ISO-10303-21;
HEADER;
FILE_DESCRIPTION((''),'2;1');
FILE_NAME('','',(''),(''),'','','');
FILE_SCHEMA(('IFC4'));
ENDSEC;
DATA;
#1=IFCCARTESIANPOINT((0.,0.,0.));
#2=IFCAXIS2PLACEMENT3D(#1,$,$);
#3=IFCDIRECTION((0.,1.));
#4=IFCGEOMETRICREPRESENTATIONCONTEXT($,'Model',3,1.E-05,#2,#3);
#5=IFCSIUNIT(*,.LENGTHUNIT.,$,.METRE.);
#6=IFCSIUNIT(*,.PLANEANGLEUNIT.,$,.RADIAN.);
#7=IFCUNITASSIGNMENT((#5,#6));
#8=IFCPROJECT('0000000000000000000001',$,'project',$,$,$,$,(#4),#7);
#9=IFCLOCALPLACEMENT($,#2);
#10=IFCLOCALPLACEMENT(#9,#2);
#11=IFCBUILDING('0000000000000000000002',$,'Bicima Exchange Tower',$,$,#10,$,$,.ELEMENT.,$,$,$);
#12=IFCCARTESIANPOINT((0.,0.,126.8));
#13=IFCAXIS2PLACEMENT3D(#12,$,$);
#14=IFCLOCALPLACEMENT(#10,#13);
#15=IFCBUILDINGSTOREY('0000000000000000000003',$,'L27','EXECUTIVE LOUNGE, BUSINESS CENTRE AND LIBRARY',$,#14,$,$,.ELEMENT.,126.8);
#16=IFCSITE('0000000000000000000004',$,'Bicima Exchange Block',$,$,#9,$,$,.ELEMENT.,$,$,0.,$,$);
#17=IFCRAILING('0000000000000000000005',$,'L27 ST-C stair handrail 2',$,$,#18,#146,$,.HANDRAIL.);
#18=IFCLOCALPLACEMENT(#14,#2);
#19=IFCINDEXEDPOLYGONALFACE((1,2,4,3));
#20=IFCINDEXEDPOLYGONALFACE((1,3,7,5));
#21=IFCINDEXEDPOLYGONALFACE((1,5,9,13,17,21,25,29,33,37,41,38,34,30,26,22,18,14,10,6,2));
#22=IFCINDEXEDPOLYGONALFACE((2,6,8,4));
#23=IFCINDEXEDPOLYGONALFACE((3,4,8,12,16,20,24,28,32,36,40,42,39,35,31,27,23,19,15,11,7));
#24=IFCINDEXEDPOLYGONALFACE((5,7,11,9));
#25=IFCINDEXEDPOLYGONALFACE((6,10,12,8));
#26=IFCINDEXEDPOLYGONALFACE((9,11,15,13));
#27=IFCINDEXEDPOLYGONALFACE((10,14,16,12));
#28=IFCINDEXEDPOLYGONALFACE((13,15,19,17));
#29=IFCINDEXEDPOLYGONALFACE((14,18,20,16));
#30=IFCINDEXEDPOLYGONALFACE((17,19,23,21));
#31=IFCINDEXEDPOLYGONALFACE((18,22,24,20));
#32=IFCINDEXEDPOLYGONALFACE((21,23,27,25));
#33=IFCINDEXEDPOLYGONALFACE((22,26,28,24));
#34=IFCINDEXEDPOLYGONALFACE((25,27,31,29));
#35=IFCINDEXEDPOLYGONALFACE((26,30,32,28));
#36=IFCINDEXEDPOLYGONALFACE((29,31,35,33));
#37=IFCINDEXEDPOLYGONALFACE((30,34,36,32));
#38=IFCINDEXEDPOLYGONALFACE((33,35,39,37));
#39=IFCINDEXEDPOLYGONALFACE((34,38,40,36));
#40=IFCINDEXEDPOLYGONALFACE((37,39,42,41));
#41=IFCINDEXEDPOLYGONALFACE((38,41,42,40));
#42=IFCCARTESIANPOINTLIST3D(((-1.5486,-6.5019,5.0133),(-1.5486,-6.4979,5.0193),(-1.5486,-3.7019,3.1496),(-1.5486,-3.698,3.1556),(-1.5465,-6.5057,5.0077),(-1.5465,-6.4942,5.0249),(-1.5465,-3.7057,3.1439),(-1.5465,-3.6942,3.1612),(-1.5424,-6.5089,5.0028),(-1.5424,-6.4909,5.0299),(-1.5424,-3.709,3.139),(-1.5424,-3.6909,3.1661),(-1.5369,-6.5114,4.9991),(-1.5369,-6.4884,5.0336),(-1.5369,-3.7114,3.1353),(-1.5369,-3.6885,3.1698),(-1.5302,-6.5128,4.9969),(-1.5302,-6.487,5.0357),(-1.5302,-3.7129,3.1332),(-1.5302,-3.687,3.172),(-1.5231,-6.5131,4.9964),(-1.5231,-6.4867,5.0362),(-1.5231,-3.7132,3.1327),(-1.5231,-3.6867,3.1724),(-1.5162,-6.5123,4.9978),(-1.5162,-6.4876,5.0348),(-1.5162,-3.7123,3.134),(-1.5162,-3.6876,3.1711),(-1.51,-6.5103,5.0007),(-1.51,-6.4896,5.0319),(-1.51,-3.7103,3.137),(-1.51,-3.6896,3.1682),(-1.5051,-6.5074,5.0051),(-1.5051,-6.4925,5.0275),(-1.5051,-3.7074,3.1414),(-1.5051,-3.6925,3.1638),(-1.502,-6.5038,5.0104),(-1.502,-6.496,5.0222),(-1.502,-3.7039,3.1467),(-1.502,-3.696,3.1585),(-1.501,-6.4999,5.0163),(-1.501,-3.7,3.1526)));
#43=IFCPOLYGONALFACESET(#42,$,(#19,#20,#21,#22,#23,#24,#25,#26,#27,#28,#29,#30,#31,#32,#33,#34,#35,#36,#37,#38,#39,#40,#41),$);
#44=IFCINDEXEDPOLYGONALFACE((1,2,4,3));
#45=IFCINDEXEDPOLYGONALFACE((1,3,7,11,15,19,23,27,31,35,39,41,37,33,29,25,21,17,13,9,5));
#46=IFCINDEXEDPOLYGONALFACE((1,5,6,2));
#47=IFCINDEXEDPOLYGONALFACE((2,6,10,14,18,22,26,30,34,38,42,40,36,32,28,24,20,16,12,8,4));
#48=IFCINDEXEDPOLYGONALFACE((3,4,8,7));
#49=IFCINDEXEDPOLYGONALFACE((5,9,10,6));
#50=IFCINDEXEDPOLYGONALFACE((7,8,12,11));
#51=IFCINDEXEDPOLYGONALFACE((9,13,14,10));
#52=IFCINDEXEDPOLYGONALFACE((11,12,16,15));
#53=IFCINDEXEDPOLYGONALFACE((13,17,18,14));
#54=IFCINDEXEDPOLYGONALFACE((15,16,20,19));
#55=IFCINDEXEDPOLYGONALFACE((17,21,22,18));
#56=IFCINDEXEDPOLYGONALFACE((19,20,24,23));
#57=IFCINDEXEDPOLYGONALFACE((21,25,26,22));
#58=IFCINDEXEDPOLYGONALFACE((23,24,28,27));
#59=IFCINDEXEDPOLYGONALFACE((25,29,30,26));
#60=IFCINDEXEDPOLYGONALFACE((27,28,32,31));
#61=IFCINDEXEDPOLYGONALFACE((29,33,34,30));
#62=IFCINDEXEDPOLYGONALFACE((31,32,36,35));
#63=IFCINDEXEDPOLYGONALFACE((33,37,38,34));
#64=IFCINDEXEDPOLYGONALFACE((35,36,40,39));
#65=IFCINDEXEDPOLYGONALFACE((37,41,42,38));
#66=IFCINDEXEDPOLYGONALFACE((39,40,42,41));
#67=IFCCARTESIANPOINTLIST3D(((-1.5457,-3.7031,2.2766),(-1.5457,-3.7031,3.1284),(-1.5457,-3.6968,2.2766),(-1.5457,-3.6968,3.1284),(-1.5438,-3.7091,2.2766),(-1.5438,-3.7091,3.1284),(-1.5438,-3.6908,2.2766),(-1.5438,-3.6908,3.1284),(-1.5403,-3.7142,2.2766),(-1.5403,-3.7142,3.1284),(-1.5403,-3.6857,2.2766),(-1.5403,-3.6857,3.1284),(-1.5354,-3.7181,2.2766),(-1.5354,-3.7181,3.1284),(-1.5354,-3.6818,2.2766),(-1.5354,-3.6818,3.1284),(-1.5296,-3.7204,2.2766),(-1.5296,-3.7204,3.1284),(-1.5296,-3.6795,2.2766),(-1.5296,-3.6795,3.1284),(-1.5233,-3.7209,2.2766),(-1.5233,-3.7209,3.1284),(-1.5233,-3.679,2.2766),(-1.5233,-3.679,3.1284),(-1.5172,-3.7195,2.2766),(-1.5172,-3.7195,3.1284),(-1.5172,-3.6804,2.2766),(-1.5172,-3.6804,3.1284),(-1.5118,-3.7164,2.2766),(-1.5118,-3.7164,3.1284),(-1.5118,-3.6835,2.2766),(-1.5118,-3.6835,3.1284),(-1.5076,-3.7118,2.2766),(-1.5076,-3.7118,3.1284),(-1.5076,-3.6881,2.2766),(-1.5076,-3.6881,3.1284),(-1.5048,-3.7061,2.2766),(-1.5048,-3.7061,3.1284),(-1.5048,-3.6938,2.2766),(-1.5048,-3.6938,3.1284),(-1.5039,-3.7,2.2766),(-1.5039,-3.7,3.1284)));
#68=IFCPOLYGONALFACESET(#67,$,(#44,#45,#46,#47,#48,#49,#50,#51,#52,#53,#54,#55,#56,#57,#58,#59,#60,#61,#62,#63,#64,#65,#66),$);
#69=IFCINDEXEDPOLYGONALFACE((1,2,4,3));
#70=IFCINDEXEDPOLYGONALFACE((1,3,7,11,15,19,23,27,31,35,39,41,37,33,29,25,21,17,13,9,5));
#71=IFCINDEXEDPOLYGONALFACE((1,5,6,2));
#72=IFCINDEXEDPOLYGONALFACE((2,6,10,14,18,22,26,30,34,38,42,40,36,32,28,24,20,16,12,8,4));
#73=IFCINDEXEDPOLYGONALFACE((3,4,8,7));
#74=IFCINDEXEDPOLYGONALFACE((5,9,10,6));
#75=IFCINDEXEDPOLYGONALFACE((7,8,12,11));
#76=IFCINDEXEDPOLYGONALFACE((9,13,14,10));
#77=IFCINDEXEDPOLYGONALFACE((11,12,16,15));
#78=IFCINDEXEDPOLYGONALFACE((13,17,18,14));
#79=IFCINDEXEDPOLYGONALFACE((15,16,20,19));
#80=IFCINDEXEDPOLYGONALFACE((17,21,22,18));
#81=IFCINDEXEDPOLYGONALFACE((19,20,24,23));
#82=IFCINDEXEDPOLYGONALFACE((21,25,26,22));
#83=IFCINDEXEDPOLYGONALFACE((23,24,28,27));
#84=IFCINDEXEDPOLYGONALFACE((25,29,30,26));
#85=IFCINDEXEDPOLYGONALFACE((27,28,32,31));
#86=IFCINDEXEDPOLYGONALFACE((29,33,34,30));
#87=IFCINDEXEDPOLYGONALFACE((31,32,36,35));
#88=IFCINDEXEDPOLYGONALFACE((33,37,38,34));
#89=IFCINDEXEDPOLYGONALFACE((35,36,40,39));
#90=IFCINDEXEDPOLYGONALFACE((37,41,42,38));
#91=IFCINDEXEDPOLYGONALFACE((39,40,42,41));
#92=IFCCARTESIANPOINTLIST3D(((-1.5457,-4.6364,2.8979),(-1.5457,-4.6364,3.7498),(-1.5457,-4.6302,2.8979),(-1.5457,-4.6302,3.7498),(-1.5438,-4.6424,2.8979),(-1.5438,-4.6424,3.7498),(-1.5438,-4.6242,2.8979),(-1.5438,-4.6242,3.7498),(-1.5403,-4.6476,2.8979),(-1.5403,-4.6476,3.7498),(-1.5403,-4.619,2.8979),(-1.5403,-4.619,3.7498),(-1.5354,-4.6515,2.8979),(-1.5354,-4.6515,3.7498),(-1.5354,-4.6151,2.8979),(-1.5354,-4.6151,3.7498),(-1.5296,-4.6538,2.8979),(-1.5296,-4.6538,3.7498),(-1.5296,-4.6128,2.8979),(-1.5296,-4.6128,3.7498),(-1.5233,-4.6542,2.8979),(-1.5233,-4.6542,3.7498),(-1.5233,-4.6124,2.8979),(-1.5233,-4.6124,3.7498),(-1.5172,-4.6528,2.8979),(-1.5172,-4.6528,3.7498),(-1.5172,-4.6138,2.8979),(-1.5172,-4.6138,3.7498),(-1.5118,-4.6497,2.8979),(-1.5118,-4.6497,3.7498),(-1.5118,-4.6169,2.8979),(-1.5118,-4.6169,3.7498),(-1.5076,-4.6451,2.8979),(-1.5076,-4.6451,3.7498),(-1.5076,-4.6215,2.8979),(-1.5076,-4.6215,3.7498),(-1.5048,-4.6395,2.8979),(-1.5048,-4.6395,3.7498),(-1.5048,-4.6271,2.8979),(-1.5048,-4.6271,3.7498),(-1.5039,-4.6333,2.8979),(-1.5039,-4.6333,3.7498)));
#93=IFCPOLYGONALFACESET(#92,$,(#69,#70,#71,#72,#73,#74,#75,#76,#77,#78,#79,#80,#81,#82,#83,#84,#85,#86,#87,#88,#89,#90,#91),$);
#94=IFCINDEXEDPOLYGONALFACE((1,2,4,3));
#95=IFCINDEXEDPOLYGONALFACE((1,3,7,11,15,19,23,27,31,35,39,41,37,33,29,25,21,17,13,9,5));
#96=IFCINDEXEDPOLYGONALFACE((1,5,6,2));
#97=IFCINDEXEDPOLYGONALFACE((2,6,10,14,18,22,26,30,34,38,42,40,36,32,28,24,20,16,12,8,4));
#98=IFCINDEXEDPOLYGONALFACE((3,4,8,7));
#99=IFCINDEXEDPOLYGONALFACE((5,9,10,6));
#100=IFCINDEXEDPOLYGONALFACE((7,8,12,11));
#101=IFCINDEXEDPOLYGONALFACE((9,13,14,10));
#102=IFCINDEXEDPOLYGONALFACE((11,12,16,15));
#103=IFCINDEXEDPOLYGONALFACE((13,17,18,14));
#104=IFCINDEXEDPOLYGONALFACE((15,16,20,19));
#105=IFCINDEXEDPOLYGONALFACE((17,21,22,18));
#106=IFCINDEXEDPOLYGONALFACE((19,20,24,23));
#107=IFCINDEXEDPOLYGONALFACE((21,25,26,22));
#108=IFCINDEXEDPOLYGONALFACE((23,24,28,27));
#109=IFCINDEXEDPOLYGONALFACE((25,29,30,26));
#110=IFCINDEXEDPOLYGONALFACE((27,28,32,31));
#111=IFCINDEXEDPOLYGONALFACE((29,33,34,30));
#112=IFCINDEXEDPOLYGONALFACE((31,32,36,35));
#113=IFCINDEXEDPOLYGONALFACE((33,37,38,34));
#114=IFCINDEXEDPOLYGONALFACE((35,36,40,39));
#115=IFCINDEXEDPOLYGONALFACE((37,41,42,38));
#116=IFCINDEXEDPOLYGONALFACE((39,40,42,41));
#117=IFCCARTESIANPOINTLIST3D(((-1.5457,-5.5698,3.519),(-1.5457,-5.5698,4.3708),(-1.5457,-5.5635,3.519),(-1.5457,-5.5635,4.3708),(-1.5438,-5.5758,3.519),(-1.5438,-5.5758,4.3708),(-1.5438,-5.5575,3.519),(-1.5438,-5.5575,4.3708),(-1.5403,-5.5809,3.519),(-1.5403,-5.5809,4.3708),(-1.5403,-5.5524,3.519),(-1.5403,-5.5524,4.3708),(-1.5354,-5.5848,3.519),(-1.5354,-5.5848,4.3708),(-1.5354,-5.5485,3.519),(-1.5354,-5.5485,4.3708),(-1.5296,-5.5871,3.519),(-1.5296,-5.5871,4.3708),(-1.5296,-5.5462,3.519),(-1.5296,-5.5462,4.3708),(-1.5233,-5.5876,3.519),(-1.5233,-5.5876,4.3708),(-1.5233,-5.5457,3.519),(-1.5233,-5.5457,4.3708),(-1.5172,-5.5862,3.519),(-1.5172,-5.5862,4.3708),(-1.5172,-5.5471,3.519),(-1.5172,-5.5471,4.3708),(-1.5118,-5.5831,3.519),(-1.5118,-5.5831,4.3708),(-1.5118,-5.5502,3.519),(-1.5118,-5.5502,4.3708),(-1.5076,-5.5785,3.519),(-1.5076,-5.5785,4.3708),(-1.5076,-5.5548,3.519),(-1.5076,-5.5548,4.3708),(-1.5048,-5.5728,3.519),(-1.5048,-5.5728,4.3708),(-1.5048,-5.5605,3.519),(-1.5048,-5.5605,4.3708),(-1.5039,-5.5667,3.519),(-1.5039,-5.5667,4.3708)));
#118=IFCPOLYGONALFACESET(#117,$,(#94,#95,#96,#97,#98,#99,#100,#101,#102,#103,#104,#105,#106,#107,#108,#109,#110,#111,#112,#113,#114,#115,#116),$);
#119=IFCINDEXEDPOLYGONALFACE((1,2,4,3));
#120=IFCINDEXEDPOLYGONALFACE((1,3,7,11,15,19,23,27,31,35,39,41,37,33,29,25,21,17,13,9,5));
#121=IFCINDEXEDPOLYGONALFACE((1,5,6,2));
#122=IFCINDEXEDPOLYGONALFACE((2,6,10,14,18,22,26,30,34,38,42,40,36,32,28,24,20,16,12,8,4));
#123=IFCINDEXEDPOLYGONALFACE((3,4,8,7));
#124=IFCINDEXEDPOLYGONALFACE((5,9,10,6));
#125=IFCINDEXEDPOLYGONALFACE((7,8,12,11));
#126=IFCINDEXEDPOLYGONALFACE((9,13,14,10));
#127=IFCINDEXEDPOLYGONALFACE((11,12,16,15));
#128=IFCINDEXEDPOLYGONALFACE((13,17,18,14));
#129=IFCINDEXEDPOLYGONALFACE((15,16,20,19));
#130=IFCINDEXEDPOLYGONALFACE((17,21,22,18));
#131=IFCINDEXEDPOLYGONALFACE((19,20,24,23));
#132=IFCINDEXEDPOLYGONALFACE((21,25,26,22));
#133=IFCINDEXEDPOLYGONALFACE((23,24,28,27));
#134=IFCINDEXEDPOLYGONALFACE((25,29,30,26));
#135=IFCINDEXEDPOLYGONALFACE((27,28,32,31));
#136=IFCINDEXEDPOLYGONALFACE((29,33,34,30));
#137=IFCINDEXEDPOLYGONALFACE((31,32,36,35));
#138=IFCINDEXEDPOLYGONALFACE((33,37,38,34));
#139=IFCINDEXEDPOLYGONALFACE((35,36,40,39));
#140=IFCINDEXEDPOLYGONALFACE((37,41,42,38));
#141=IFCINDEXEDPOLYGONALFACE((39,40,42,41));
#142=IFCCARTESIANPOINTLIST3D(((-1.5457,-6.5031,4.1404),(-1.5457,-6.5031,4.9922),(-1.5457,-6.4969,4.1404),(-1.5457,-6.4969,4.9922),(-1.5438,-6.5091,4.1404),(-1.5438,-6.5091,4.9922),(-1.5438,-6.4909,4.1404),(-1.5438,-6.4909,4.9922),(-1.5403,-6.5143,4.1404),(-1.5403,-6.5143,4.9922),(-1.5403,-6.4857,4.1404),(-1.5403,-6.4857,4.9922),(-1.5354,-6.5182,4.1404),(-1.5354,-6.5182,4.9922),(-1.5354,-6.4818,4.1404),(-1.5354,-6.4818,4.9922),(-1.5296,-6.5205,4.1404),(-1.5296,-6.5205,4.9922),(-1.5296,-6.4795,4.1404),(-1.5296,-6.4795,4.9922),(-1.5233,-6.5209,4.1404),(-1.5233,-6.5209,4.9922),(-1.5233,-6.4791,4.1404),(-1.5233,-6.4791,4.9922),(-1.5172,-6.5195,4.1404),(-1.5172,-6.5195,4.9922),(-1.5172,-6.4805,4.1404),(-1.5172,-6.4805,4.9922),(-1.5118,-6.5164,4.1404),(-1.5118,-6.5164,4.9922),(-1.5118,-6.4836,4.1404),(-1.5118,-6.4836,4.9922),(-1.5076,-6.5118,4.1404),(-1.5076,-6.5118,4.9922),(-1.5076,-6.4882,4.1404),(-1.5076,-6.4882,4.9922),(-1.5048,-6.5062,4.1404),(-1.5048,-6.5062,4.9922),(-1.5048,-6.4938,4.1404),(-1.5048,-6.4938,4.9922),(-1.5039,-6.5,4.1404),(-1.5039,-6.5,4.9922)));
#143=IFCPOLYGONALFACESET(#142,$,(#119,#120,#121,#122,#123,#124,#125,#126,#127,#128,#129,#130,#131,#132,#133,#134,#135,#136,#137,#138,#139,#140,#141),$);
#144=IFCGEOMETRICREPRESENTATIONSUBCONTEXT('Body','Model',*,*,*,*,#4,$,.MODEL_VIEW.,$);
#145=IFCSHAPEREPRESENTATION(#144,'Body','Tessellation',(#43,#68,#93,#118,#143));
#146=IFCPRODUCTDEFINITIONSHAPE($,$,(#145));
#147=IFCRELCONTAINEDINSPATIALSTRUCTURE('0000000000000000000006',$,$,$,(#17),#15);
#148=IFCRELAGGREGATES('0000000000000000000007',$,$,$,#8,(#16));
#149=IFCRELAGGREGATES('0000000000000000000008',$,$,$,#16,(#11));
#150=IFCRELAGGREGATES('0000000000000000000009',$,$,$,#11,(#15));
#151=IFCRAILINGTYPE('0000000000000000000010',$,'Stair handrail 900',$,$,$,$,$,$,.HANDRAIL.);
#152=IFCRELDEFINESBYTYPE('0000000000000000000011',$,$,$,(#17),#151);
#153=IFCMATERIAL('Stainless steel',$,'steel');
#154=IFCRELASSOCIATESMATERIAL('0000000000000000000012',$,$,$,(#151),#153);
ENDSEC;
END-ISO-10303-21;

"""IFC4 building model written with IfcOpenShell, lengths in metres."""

from ifc_helpers import new_model, si_unit, direction, frame, origin, origin_2d, place, context, subcontext, project, spatial, circle, extrude, material, type_object, element, save


model = new_model("IFC4")

# Units and contexts
model_context = context("Model", 3, precision=1e-05, world=origin(), true_north=direction((0.0, 1.0)))
body_context = subcontext(model_context, "Body", "Model", "MODEL_VIEW")
ifc_project = project(units=[si_unit("LENGTHUNIT", "METRE"), si_unit("PLANEANGLEUNIT", "RADIAN")], contexts=[model_context])

# Site, building, storey
site_placement = place(None, origin())
site = spatial("IfcSite", under=ifc_project, at=site_placement, Name="Bicima Exchange Block", CompositionType="ELEMENT", RefElevation=0.0)
building_placement = place(site_placement, origin())
building = spatial("IfcBuilding", under=site, at=building_placement, Name="Bicima Exchange Tower", CompositionType="ELEMENT")
storey_placement = place(building_placement, frame((0.0, 0.0, 126.8)))
storey = spatial("IfcBuildingStorey", under=building, at=storey_placement, Name="L27", Description="EXECUTIVE LOUNGE, BUSINESS CENTRE AND LIBRARY", CompositionType="ELEMENT", Elevation=126.8)

# Railing
ifc_material_1 = material(Name="Stainless steel", Category="steel")
railing_type = type_object("IfcRailingType", Name="Stair handrail 900", PredefinedType="HANDRAIL", material=ifc_material_1)
railing_placement = place(storey_placement, frame((-1.5249, -3.7, 2.2766)))
element("IfcRailing", 1, at=railing_placement, inside=storey, type_object=railing_type, Name="L27 ST-C stair handrail 2", PredefinedType="HANDRAIL", context=body_context, shape_type="SweptSolid", body=[
    extrude(circle(Radius=0.0239, at=origin_2d()), frame((0.0, 0.0, 0.876), z_axis=(0.0, -0.832452, 0.554097), x_axis=(1.0, 0.0, 0.0)), (0.0, 0.0, 1.0), 3.3635),
    extrude(circle(Radius=0.021, at=origin_2d()), origin(), (0.0, 0.0, 1.0), 0.8518),
    extrude(circle(Radius=0.021, at=origin_2d()), frame((0.0, -0.9333, 0.6213)), (0.0, 0.0, 1.0), 0.8518),
    extrude(circle(Radius=0.021, at=origin_2d()), frame((0.0, -1.8667, 1.2424)), (0.0, 0.0, 1.0), 0.8518),
    extrude(circle(Radius=0.021, at=origin_2d()), frame((0.0, -2.8, 1.8638)), (0.0, 0.0, 1.0), 0.8518),
])

save(model, "model.ifc")
